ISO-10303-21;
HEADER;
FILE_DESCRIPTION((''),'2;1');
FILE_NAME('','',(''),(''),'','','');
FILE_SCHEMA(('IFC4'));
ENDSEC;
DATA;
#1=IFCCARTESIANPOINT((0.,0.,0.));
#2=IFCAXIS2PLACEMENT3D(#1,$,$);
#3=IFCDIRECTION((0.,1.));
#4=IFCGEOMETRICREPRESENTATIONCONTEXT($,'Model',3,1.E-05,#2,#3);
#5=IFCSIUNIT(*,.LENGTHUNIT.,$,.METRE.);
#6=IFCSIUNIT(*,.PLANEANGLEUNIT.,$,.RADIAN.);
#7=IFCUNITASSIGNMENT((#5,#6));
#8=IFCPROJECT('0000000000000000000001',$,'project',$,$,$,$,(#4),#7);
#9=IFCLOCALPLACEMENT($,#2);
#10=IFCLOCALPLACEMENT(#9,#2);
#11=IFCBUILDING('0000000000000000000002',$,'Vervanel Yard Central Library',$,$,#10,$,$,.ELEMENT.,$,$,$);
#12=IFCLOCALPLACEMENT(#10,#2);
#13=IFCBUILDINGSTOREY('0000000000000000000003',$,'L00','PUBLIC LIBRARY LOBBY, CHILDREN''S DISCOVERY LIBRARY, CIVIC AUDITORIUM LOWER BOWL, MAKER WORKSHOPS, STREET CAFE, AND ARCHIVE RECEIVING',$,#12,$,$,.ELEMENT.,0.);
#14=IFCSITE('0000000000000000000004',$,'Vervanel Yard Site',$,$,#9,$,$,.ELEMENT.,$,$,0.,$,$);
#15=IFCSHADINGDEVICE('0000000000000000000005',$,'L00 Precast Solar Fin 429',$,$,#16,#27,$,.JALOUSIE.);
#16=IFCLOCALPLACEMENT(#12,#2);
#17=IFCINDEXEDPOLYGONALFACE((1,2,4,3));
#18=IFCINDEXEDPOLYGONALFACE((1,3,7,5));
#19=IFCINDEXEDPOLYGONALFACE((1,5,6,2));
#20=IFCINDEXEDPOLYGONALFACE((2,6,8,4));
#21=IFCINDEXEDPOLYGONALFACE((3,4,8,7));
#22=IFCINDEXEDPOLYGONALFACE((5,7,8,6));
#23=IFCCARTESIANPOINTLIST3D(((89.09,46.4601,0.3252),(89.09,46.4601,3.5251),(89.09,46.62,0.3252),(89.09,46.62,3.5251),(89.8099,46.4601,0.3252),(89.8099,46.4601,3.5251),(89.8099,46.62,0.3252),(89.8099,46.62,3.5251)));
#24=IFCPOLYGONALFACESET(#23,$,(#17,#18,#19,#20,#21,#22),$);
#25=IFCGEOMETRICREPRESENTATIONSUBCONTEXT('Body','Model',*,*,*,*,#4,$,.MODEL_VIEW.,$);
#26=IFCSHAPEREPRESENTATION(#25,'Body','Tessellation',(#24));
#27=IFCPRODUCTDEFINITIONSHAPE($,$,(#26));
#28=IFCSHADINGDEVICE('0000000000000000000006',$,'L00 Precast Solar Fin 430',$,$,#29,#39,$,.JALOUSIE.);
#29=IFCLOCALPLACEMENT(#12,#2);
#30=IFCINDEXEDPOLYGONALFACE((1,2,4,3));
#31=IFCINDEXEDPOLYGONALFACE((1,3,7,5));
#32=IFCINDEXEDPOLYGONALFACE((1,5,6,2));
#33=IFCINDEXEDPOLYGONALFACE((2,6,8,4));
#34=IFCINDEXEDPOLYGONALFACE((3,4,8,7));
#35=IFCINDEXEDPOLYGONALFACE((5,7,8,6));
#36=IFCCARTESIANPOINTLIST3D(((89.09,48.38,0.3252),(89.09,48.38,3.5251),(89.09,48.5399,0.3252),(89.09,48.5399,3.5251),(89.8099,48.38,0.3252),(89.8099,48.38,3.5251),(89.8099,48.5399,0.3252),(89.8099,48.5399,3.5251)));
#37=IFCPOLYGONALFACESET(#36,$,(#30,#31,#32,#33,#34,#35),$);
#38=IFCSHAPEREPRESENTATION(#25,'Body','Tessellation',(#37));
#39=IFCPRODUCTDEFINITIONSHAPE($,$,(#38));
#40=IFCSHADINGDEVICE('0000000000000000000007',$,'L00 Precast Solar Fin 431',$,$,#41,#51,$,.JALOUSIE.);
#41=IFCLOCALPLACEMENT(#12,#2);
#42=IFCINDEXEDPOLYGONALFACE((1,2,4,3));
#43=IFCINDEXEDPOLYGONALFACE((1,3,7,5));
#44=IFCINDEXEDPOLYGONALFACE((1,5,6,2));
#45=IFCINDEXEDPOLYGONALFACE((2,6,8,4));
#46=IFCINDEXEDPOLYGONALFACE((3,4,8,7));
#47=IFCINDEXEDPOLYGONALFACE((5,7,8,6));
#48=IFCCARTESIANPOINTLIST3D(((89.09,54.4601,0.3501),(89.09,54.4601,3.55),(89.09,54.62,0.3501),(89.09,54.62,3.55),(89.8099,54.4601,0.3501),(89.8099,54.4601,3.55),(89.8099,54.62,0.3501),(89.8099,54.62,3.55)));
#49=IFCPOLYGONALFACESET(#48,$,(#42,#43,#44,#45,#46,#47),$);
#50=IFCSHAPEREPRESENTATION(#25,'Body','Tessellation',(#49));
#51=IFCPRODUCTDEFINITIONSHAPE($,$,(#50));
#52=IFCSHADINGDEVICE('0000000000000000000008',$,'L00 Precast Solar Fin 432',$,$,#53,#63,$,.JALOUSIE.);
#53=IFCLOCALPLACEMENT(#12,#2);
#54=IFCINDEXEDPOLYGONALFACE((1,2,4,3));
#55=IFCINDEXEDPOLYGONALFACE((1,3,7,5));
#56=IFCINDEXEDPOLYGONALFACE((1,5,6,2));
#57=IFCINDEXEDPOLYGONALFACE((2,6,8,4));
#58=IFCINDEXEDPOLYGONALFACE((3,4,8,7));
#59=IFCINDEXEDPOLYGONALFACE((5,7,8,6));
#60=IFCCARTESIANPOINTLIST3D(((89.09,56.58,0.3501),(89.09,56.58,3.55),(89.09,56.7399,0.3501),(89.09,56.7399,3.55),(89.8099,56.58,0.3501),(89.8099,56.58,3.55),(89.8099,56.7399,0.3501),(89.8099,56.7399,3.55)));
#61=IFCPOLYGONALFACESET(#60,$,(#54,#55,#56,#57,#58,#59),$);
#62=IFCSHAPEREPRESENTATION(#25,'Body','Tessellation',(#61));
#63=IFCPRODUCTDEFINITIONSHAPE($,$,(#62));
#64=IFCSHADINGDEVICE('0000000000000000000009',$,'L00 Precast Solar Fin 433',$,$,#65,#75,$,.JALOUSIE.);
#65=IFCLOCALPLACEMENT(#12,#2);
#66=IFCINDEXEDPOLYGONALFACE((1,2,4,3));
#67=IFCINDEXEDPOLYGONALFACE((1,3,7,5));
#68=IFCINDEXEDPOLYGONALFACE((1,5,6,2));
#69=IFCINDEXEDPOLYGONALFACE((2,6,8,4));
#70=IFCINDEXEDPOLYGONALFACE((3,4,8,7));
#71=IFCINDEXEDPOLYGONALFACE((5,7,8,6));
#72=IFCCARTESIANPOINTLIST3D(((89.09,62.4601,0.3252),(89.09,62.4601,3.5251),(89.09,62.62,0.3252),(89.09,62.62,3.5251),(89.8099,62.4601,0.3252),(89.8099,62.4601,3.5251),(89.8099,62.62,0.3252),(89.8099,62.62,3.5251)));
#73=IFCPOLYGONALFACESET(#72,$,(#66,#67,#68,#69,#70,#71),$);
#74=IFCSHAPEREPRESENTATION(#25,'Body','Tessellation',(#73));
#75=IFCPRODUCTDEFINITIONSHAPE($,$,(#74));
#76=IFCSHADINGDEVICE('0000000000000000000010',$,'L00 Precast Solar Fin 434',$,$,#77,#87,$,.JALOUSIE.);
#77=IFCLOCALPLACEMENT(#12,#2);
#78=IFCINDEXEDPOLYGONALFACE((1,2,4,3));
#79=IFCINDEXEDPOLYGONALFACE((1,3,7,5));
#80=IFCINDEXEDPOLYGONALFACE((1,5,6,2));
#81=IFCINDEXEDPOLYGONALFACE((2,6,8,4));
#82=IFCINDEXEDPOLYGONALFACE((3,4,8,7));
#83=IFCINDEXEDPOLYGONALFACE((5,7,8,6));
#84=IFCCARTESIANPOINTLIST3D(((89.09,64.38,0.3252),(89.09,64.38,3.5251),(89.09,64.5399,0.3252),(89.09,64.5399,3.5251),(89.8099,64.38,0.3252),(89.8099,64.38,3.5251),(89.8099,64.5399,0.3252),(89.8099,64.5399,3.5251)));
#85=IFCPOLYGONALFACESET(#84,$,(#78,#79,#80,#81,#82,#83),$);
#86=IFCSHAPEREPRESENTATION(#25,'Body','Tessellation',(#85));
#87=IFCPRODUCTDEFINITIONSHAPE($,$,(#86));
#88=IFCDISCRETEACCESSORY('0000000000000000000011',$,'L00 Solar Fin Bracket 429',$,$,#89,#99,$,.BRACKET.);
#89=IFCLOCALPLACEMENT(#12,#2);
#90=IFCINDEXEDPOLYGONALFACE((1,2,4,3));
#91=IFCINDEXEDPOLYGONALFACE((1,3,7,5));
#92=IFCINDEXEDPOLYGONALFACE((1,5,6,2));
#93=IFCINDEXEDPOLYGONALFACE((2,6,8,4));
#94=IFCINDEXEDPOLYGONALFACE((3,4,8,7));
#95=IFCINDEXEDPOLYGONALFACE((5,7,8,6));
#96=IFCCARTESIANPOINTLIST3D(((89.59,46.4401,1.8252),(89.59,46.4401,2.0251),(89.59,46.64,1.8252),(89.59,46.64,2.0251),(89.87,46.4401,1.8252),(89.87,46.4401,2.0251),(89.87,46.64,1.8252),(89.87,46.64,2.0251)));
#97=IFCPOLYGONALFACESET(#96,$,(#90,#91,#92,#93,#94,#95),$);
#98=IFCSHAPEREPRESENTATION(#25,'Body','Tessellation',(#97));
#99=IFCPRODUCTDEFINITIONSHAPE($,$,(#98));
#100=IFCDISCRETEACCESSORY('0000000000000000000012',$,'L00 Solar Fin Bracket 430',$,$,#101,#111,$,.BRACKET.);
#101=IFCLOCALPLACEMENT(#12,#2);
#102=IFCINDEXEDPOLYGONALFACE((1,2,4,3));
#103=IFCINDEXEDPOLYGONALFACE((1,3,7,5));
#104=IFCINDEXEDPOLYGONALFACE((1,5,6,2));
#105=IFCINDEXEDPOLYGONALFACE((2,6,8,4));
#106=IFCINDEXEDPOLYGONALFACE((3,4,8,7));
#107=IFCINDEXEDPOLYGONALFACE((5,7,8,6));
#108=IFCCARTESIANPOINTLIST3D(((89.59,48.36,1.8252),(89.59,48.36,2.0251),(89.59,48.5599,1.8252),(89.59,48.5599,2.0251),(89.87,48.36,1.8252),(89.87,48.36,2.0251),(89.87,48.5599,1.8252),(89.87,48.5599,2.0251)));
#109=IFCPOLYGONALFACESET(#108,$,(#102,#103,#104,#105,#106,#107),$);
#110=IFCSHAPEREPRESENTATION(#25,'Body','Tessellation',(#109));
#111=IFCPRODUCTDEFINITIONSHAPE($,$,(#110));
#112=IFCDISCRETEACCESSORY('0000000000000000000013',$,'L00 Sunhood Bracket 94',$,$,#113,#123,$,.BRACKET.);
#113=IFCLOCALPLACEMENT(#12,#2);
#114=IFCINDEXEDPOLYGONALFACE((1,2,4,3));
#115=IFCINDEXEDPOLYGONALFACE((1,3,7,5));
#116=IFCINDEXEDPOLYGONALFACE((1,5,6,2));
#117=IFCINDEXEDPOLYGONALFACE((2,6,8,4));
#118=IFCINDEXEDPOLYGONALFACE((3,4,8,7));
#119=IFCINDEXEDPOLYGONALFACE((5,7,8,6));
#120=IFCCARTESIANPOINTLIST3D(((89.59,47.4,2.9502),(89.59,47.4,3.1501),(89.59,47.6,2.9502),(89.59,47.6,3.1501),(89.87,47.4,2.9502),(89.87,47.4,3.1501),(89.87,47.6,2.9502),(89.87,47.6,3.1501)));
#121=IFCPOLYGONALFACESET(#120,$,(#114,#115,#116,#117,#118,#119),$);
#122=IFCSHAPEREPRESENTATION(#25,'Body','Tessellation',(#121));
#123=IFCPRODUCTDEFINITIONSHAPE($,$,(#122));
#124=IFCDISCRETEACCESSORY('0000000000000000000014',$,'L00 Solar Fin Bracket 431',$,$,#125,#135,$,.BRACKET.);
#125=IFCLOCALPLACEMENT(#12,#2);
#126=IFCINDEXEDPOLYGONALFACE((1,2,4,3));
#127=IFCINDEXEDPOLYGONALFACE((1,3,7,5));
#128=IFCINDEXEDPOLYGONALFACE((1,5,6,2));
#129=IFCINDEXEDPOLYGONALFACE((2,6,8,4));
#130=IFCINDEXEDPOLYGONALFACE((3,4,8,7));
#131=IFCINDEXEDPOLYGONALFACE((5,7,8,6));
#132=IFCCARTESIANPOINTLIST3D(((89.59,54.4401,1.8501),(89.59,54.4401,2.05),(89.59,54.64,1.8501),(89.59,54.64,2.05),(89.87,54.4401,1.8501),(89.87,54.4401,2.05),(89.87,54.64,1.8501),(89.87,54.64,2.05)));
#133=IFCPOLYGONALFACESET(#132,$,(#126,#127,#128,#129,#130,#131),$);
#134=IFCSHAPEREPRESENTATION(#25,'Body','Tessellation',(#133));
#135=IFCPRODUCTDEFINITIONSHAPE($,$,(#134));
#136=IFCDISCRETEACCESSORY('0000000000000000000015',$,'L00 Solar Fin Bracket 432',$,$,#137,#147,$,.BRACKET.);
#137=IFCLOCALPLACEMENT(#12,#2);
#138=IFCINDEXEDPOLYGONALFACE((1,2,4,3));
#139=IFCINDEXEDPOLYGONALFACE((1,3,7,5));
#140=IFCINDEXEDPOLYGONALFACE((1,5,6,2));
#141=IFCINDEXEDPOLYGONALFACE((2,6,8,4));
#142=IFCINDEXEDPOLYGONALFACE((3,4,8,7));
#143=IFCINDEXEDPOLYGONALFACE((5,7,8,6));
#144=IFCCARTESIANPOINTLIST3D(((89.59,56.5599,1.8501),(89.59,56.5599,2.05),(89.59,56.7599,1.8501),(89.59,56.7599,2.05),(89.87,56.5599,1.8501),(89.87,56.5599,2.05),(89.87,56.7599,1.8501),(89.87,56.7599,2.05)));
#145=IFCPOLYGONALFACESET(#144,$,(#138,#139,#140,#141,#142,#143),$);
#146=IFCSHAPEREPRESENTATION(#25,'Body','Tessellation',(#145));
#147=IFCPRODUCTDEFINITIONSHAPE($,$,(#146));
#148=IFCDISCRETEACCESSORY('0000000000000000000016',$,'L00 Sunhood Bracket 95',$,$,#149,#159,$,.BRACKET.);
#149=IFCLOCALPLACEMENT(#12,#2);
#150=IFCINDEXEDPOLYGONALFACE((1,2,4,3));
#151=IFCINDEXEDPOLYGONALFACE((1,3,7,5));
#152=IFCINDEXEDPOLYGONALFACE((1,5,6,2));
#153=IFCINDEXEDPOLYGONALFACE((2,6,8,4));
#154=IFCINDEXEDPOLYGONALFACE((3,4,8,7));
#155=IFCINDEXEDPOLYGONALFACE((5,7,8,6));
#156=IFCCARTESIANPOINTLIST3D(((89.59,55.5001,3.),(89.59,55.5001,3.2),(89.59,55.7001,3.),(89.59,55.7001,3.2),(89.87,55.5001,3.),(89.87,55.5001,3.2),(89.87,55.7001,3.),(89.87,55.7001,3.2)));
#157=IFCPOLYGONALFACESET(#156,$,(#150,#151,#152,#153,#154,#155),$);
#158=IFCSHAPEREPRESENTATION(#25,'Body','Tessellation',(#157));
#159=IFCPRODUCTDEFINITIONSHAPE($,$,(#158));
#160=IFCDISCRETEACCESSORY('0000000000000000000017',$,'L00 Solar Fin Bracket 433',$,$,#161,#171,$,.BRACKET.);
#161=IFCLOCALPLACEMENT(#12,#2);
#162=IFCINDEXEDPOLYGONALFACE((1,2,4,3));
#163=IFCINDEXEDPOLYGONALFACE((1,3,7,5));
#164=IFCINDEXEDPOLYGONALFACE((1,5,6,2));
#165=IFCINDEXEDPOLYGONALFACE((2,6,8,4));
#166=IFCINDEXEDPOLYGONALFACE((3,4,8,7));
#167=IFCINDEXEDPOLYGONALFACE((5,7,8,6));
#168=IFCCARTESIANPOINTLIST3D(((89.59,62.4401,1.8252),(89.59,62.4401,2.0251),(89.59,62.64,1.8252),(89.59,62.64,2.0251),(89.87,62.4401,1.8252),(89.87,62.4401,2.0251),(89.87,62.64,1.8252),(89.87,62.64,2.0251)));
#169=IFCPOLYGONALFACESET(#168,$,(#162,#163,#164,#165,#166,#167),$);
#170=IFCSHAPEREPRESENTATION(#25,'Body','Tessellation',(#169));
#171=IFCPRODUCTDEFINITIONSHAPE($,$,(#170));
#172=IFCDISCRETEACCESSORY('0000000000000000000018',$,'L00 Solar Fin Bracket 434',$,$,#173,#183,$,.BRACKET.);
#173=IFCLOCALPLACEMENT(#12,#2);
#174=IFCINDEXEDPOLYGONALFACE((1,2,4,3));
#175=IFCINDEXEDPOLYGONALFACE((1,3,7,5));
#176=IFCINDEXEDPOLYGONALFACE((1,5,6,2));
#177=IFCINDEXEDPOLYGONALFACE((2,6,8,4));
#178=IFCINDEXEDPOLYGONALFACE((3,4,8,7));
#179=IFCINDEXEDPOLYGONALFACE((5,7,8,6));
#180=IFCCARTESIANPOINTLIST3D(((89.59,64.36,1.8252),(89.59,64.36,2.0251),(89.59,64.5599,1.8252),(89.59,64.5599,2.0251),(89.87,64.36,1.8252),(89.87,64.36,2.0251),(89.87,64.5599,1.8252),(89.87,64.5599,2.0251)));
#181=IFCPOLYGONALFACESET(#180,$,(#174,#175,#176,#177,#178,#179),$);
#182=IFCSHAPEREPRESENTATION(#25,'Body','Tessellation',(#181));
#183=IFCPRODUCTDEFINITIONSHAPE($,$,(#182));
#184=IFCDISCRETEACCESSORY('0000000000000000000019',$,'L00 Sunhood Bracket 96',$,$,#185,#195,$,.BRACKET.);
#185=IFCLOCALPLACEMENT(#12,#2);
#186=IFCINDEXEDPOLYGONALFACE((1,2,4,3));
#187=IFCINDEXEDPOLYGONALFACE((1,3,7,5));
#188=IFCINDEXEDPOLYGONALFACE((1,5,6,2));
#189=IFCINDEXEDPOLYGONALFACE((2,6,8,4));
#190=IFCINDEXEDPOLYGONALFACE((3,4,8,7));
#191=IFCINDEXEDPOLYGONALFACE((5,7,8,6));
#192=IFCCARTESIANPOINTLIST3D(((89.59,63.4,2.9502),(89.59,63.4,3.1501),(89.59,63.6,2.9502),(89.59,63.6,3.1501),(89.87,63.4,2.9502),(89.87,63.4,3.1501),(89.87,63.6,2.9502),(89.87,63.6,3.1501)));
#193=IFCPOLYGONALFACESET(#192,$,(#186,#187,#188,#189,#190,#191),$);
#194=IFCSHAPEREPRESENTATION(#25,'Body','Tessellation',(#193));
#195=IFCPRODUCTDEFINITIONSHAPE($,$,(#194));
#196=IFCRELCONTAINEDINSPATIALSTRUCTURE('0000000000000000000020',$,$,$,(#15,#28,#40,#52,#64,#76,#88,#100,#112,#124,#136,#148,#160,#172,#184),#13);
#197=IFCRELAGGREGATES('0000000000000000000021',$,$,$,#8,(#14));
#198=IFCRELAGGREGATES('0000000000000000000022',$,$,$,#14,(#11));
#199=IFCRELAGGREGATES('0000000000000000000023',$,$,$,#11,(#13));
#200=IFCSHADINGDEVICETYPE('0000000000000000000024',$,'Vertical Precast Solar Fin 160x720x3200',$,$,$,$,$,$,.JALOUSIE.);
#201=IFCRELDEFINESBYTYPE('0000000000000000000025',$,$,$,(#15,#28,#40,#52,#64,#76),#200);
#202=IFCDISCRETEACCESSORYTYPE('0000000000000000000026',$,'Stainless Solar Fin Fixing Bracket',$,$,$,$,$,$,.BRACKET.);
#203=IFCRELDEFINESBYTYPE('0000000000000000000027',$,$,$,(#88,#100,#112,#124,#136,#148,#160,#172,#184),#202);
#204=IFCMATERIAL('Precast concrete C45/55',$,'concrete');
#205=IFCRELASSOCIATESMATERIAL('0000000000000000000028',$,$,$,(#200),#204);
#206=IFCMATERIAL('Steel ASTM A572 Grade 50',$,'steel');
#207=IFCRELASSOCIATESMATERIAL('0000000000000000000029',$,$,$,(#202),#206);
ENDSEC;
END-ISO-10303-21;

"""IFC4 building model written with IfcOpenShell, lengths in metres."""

from ifc_helpers import new_model, si_unit, direction, frame, origin, origin_2d, place, context, subcontext, project, spatial, rectangle, extrude, material, type_object, element, save


model = new_model("IFC4")

# Units and contexts
model_context = context("Model", 3, precision=1e-05, world=origin(), true_north=direction((0.0, 1.0)))
body_context = subcontext(model_context, "Body", "Model", "MODEL_VIEW")
ifc_project = project(units=[si_unit("LENGTHUNIT", "METRE"), si_unit("PLANEANGLEUNIT", "RADIAN")], contexts=[model_context])

# Site, building, storey
site_placement = place(None, origin())
site = spatial("IfcSite", under=ifc_project, at=site_placement, Name="Vervanel Yard Site", CompositionType="ELEMENT", RefElevation=0.0)
building_placement = place(site_placement, origin())
building = spatial("IfcBuilding", under=site, at=building_placement, Name="Vervanel Yard Central Library", CompositionType="ELEMENT")
storey_placement = place(building_placement, origin())
storey = spatial("IfcBuildingStorey", under=building, at=storey_placement, Name="L00", Description="PUBLIC LIBRARY LOBBY, CHILDREN'S DISCOVERY LIBRARY, CIVIC AUDITORIUM LOWER BOWL, MAKER WORKSHOPS, STREET CAFE, AND ARCHIVE RECEIVING", CompositionType="ELEMENT", Elevation=0.0)

# Shared definitions
ifc_material_1 = material(Name="Steel ASTM A572 Grade 50", Category="steel")

# Shared definitions
ifc_material_2 = material(Name="Precast concrete C45/55", Category="concrete")

# Shading devices
shading_device_type_1 = type_object("IfcShadingDeviceType", Name="Vertical Precast Solar Fin 160x720x3200", PredefinedType="JALOUSIE", material=ifc_material_2)
for number, where, z_axis, x_axis, name in (
    (1, (89.45, 46.54, 0.3252), (0.0, 0.0, 1.0), (0.0, 1.0, 0.0), "L00 Precast Solar Fin 429"),
    (2, (89.45, 48.46, 0.3252), (0.0, 0.0, 1.0), (0.0, 1.0, 0.0), "L00 Precast Solar Fin 430"),
    (3, (89.45, 54.54, 0.3501), (0.0, 0.0, 1.0), (0.0, 1.0, 0.0), "L00 Precast Solar Fin 431"),
    (4, (89.45, 56.6599, 0.3501), (0.0, 0.0, 1.0), (0.0, 1.0, 0.0), "L00 Precast Solar Fin 432"),
    (5, (89.45, 62.54, 0.3252), (0.0, 0.0, 1.0), (0.0, 1.0, 0.0), "L00 Precast Solar Fin 433"),
    (6, (89.45, 64.46, 0.3252), (0.0, 0.0, 1.0), (0.0, 1.0, 0.0), "L00 Precast Solar Fin 434"),
):
    element("IfcShadingDevice", number, at=place(storey_placement, frame(where, z_axis=z_axis, x_axis=x_axis)), inside=storey, type_object=shading_device_type_1, Name=name, PredefinedType="JALOUSIE", context=body_context, shape_type="SweptSolid", body=[
        extrude(rectangle(XDim=0.1599, YDim=0.72, at=origin_2d()), origin(), (0.0, 0.0, 1.0), 3.2),
    ])

# Discrete accessories
discrete_accessory_type = type_object("IfcDiscreteAccessoryType", Name="Stainless Solar Fin Fixing Bracket", PredefinedType="BRACKET", material=ifc_material_1)
for number, where, z_axis, x_axis, name in (
    (7, (89.73, 46.54, 1.8252), (0.0, 0.0, 1.0), (0.0, 1.0, 0.0), "L00 Solar Fin Bracket 429"),
    (8, (89.73, 48.46, 1.8252), (0.0, 0.0, 1.0), (0.0, 1.0, 0.0), "L00 Solar Fin Bracket 430"),
    (9, (89.73, 47.5, 2.9502), (0.0, 0.0, 1.0), (0.0, 1.0, 0.0), "L00 Sunhood Bracket 94"),
    (10, (89.73, 54.54, 1.8501), (0.0, 0.0, 1.0), (0.0, 1.0, 0.0), "L00 Solar Fin Bracket 431"),
    (11, (89.73, 56.6599, 1.8501), (0.0, 0.0, 1.0), (0.0, 1.0, 0.0), "L00 Solar Fin Bracket 432"),
    (12, (89.73, 55.6001, 3.0), (0.0, 0.0, 1.0), (0.0, 1.0, 0.0), "L00 Sunhood Bracket 95"),
    (13, (89.73, 62.54, 1.8252), (0.0, 0.0, 1.0), (0.0, 1.0, 0.0), "L00 Solar Fin Bracket 433"),
    (14, (89.73, 64.46, 1.8252), (0.0, 0.0, 1.0), (0.0, 1.0, 0.0), "L00 Solar Fin Bracket 434"),
    (15, (89.73, 63.5, 2.9502), (0.0, 0.0, 1.0), (0.0, 1.0, 0.0), "L00 Sunhood Bracket 96"),
):
    element("IfcDiscreteAccessory", number, at=place(storey_placement, frame(where, z_axis=z_axis, x_axis=x_axis)), inside=storey, type_object=discrete_accessory_type, Name=name, PredefinedType="BRACKET", context=body_context, shape_type="SweptSolid", body=[
        extrude(rectangle(XDim=0.2, YDim=0.28, at=origin_2d()), origin(), (0.0, 0.0, 1.0), 0.2),
    ])

save(model, "model.ifc")
